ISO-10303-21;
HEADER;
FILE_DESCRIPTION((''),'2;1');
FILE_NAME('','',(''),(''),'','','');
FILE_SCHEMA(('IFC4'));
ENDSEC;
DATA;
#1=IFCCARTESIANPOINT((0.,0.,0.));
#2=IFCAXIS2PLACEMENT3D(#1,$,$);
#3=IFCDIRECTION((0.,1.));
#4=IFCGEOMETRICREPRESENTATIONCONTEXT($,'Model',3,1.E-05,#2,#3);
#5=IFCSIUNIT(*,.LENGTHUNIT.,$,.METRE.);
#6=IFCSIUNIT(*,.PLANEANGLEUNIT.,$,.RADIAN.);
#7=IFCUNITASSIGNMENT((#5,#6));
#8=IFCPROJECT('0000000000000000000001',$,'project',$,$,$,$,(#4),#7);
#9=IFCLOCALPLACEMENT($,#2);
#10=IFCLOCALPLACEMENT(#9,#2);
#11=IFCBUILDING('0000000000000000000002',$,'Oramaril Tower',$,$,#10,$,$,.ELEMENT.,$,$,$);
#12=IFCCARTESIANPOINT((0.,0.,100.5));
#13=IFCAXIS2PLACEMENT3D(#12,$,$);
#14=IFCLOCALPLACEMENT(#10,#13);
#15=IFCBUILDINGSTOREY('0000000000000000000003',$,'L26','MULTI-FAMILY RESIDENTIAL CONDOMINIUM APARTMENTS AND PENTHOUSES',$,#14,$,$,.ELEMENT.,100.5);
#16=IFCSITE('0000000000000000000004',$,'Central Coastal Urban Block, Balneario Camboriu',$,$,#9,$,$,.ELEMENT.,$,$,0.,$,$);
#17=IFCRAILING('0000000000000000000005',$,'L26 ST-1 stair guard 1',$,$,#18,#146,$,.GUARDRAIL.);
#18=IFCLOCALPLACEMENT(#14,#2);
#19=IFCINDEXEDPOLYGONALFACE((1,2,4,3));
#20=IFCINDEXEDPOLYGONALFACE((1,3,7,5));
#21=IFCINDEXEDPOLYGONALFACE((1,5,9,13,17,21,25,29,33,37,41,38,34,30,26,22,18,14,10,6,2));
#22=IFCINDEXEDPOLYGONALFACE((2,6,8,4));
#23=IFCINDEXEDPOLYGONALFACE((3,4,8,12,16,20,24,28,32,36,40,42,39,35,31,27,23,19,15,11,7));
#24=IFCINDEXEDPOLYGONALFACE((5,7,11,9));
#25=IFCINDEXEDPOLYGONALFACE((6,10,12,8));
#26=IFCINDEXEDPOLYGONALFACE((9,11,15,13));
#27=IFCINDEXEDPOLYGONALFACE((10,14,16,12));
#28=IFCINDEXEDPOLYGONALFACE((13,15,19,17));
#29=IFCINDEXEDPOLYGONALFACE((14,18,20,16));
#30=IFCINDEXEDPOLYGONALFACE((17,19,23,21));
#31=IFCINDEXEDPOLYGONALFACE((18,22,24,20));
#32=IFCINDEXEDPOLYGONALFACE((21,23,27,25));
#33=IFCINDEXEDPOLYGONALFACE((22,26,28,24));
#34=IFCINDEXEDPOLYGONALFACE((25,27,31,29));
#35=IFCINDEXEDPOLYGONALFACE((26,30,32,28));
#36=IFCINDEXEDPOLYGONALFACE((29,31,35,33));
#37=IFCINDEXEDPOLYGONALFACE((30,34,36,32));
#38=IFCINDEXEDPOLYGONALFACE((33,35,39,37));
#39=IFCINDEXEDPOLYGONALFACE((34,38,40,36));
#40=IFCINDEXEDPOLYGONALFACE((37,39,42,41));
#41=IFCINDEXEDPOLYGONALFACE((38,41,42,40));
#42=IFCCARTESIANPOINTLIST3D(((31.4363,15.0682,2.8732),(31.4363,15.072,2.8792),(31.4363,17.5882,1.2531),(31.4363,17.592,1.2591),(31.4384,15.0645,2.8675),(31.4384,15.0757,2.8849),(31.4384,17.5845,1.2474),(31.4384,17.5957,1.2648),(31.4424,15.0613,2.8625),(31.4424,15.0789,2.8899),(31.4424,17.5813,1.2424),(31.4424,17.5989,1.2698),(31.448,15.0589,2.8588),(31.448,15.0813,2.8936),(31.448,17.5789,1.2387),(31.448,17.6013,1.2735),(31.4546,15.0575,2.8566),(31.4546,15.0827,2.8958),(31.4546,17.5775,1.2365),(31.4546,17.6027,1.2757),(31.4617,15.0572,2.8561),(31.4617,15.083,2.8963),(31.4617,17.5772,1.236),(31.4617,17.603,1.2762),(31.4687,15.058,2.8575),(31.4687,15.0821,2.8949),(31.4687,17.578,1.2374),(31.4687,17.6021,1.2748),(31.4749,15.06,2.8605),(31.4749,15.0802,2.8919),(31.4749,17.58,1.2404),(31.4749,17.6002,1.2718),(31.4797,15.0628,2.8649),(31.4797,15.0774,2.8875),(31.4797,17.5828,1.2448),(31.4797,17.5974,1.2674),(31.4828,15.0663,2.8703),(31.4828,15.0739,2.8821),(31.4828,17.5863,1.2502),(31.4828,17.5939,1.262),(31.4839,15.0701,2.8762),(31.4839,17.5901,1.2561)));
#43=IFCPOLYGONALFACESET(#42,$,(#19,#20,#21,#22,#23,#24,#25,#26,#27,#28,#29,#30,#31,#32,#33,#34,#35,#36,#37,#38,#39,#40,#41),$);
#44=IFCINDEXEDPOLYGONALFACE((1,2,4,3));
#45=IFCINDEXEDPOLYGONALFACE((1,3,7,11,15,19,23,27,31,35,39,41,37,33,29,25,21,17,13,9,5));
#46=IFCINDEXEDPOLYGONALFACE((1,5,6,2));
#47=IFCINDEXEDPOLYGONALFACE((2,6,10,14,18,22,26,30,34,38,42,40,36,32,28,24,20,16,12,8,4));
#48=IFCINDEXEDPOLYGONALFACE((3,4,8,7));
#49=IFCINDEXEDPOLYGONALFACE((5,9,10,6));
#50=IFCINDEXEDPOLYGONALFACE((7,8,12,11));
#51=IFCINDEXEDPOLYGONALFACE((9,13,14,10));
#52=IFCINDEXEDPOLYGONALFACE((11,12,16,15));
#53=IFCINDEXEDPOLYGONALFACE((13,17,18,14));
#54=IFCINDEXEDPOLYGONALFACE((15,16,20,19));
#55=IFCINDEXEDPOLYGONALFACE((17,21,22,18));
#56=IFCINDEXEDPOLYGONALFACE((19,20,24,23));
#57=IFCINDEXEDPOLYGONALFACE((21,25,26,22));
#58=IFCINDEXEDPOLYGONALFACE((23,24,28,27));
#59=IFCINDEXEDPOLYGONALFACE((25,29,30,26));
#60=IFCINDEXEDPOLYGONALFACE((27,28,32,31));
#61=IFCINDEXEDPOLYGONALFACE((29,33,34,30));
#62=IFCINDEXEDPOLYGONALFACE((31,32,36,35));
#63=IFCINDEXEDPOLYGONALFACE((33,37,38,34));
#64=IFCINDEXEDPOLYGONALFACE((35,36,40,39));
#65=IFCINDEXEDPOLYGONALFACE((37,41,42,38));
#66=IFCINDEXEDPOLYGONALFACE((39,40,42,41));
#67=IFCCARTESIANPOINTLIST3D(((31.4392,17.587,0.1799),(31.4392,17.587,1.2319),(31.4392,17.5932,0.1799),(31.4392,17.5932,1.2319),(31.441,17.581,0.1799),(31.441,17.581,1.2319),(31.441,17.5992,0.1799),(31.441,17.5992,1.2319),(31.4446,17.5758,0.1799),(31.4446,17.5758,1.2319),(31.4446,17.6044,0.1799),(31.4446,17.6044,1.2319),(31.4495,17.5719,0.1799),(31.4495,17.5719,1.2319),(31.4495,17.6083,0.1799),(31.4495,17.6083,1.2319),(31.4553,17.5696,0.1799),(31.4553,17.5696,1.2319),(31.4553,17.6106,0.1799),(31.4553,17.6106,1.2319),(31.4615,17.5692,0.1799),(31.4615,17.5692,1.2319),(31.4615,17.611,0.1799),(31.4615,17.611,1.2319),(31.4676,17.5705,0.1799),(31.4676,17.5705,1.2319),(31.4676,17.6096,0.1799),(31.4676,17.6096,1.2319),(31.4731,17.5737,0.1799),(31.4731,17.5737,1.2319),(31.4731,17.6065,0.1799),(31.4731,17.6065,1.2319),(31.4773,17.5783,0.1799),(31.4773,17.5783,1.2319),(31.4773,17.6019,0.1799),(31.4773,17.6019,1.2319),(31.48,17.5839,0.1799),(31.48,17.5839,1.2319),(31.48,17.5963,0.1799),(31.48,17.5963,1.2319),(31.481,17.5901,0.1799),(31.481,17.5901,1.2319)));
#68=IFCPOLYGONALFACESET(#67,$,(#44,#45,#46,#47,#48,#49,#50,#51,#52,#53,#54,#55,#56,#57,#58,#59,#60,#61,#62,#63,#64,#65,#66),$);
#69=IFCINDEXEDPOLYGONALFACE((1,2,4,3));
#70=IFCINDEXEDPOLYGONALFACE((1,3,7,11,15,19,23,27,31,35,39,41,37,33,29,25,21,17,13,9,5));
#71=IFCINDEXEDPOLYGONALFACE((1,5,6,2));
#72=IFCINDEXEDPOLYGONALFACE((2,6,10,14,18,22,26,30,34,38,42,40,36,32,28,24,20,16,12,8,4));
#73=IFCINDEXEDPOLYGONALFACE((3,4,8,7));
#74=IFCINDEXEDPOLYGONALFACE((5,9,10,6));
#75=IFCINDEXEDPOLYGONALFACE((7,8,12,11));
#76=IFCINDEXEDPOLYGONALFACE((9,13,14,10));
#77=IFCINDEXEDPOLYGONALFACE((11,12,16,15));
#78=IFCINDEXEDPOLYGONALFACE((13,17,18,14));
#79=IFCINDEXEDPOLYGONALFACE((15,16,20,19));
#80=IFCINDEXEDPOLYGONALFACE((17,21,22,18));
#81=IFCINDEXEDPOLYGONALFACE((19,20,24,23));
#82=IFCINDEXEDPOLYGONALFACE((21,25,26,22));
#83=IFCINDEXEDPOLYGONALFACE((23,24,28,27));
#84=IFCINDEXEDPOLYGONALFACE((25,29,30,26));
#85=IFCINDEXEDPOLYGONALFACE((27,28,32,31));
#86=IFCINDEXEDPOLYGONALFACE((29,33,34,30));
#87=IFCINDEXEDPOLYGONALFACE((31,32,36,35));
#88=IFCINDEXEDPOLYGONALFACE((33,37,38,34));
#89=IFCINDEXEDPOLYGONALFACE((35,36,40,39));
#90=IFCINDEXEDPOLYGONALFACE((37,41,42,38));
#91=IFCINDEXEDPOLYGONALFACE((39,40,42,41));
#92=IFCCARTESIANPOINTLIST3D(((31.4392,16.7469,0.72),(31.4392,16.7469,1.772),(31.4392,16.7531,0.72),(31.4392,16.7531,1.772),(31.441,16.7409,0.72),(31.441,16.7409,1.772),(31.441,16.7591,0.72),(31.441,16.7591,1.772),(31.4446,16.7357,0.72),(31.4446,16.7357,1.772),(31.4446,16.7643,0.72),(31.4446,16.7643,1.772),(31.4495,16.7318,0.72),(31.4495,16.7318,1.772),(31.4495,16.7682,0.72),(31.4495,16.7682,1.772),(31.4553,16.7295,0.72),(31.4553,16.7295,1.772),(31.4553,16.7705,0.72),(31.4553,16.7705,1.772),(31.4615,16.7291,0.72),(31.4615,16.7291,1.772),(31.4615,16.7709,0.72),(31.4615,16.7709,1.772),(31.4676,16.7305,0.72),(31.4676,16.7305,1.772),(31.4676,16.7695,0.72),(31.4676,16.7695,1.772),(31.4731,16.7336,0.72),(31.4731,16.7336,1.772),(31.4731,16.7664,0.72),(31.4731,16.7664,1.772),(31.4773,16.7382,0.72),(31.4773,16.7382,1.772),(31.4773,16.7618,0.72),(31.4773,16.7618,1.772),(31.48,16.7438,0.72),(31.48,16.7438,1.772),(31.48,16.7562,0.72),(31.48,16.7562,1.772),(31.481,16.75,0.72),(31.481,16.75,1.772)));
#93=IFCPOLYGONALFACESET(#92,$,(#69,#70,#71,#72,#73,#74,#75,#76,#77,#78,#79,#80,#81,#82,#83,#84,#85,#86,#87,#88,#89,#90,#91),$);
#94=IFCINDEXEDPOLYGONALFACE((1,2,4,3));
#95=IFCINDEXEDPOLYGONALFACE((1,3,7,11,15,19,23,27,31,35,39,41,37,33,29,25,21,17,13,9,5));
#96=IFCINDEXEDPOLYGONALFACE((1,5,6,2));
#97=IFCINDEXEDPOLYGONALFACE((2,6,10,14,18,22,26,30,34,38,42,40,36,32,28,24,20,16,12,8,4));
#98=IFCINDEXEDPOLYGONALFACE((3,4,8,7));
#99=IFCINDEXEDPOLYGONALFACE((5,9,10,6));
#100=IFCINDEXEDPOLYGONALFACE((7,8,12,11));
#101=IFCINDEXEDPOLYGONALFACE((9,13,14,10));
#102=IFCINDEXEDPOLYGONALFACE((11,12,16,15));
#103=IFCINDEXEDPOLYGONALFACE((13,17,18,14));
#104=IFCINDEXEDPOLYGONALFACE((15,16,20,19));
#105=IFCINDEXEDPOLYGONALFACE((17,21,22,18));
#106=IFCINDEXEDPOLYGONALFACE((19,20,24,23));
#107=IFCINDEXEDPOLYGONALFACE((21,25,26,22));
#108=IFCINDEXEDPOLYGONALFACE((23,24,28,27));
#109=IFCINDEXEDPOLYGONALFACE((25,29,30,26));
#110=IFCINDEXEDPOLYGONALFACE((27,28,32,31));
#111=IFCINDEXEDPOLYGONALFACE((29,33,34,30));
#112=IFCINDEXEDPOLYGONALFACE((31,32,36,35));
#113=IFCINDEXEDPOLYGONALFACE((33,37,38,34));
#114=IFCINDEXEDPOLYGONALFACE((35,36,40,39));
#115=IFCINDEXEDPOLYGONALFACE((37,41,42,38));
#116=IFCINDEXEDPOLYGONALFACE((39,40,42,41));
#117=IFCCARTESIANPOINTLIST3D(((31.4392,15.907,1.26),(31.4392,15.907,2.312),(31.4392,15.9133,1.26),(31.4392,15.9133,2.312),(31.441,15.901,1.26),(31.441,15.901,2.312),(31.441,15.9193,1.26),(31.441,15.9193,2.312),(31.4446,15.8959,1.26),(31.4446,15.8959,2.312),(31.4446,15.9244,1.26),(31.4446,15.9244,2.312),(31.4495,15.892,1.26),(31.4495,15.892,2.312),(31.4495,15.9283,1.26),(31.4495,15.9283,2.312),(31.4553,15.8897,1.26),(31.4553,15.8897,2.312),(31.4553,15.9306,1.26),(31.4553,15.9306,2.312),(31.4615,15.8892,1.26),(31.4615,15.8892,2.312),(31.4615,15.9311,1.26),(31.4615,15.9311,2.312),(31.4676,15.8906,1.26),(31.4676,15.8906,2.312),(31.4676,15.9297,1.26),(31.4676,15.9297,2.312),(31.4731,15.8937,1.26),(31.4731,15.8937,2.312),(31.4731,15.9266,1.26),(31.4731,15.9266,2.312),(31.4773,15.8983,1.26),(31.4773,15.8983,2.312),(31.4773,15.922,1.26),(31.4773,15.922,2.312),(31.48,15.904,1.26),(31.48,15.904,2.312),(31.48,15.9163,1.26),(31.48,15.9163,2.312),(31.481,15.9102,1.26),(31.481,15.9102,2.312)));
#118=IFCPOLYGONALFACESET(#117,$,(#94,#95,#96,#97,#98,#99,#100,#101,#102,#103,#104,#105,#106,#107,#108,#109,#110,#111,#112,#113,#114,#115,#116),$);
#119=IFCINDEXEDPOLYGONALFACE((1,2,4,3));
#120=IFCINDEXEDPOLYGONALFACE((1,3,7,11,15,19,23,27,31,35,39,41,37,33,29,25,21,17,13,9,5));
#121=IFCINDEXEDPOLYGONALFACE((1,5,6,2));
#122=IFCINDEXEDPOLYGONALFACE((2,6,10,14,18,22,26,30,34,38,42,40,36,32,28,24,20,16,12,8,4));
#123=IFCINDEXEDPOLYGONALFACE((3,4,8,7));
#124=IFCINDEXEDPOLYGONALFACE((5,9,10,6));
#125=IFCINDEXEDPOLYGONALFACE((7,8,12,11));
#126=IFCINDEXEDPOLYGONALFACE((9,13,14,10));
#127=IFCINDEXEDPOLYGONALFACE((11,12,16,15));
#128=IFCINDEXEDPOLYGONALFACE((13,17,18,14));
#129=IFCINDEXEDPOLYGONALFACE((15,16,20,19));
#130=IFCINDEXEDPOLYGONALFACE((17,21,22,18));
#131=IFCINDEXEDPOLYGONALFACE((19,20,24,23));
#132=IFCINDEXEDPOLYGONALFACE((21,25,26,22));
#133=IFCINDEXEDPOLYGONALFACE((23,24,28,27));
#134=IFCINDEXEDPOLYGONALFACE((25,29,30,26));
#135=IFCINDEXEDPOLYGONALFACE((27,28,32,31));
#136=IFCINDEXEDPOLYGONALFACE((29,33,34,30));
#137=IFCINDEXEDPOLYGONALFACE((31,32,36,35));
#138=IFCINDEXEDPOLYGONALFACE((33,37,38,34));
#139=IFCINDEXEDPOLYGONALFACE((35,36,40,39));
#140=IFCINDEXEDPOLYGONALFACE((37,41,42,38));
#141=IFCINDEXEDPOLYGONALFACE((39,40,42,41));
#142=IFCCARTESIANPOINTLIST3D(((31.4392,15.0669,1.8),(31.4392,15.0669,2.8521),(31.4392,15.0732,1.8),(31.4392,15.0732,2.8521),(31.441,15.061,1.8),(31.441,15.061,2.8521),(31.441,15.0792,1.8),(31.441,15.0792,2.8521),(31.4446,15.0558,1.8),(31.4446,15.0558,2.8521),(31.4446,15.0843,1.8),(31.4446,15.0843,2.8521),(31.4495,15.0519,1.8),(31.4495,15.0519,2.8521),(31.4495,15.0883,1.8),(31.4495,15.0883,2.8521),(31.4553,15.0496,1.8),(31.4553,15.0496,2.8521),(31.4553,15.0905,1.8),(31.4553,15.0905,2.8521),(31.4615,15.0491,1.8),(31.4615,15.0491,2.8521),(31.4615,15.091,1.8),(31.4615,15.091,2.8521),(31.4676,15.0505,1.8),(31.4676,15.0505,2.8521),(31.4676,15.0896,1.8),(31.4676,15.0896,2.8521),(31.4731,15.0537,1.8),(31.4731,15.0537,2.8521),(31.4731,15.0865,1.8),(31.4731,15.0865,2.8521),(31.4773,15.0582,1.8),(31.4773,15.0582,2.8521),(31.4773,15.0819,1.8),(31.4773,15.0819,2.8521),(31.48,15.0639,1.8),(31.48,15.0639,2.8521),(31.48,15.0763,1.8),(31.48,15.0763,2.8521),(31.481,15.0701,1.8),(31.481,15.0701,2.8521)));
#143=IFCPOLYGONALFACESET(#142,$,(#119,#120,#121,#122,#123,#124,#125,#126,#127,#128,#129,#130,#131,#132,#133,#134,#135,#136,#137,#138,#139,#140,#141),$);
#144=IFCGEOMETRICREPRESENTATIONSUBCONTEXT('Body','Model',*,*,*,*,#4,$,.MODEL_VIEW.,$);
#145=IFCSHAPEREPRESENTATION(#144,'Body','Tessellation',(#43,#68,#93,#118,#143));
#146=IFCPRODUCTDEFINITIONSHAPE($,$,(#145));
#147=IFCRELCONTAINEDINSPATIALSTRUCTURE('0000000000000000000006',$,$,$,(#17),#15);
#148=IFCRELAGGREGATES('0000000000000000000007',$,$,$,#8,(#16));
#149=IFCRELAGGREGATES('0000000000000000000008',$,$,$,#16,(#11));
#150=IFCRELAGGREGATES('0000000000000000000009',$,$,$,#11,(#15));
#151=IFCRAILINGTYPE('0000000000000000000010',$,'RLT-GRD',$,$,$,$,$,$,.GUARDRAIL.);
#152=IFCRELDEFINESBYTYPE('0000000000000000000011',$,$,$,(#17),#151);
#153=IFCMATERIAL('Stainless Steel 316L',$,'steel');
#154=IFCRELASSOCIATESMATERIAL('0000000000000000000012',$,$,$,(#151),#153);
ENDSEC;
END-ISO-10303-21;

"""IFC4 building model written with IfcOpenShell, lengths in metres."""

from ifc_helpers import new_model, si_unit, direction, frame, origin, origin_2d, place, context, subcontext, project, spatial, circle, extrude, material, type_object, element, save


model = new_model("IFC4")

# Units and contexts
model_context = context("Model", 3, precision=1e-05, world=origin(), true_north=direction((0.0, 1.0)))
body_context = subcontext(model_context, "Body", "Model", "MODEL_VIEW")
ifc_project = project(units=[si_unit("LENGTHUNIT", "METRE"), si_unit("PLANEANGLEUNIT", "RADIAN")], contexts=[model_context])

# Site, building, storey
site_placement = place(None, origin())
site = spatial("IfcSite", under=ifc_project, at=site_placement, Name="Central Coastal Urban Block, Balneario Camboriu", CompositionType="ELEMENT", RefElevation=0.0)
building_placement = place(site_placement, origin())
building = spatial("IfcBuilding", under=site, at=building_placement, Name="Oramaril Tower", CompositionType="ELEMENT")
storey_placement = place(building_placement, frame((0.0, 0.0, 100.5)))
storey = spatial("IfcBuildingStorey", under=building, at=storey_placement, Name="L26", Description="MULTI-FAMILY RESIDENTIAL CONDOMINIUM APARTMENTS AND PENTHOUSES", CompositionType="ELEMENT", Elevation=100.5)

# Railing
ifc_material_1 = material(Name="Stainless Steel 316L", Category="steel")
railing_type_1 = type_object("IfcRailingType", Name="RLT-GRD", PredefinedType="GUARDRAIL", material=ifc_material_1)
railing_1_placement = place(storey_placement, frame((31.46, 17.5901, 0.1799)))
element("IfcRailing", 1, at=railing_1_placement, inside=storey, type_object=railing_type_1, Name="L26 ST-1 stair guard 1", PredefinedType="GUARDRAIL", context=body_context, shape_type="SweptSolid", body=[
    extrude(circle(Radius=0.0239, at=origin_2d()), frame((0.0, 0.0, 1.0762), z_axis=(0.0, -0.841163, 0.540782), x_axis=(1.0, 0.0, 0.0)), (0.0, 0.0, 1.0), 2.9958),
    extrude(circle(Radius=0.021, at=origin_2d()), origin(), (0.0, 0.0, 1.0), 1.052),
    extrude(circle(Radius=0.021, at=origin_2d()), frame((0.0, -0.8401, 0.54)), (0.0, 0.0, 1.0), 1.052),
    extrude(circle(Radius=0.021, at=origin_2d()), frame((0.0, -1.6799, 1.0801)), (0.0, 0.0, 1.0), 1.052),
    extrude(circle(Radius=0.021, at=origin_2d()), frame((0.0, -2.52, 1.6201)), (0.0, 0.0, 1.0), 1.052),
])

save(model, "model.ifc")
